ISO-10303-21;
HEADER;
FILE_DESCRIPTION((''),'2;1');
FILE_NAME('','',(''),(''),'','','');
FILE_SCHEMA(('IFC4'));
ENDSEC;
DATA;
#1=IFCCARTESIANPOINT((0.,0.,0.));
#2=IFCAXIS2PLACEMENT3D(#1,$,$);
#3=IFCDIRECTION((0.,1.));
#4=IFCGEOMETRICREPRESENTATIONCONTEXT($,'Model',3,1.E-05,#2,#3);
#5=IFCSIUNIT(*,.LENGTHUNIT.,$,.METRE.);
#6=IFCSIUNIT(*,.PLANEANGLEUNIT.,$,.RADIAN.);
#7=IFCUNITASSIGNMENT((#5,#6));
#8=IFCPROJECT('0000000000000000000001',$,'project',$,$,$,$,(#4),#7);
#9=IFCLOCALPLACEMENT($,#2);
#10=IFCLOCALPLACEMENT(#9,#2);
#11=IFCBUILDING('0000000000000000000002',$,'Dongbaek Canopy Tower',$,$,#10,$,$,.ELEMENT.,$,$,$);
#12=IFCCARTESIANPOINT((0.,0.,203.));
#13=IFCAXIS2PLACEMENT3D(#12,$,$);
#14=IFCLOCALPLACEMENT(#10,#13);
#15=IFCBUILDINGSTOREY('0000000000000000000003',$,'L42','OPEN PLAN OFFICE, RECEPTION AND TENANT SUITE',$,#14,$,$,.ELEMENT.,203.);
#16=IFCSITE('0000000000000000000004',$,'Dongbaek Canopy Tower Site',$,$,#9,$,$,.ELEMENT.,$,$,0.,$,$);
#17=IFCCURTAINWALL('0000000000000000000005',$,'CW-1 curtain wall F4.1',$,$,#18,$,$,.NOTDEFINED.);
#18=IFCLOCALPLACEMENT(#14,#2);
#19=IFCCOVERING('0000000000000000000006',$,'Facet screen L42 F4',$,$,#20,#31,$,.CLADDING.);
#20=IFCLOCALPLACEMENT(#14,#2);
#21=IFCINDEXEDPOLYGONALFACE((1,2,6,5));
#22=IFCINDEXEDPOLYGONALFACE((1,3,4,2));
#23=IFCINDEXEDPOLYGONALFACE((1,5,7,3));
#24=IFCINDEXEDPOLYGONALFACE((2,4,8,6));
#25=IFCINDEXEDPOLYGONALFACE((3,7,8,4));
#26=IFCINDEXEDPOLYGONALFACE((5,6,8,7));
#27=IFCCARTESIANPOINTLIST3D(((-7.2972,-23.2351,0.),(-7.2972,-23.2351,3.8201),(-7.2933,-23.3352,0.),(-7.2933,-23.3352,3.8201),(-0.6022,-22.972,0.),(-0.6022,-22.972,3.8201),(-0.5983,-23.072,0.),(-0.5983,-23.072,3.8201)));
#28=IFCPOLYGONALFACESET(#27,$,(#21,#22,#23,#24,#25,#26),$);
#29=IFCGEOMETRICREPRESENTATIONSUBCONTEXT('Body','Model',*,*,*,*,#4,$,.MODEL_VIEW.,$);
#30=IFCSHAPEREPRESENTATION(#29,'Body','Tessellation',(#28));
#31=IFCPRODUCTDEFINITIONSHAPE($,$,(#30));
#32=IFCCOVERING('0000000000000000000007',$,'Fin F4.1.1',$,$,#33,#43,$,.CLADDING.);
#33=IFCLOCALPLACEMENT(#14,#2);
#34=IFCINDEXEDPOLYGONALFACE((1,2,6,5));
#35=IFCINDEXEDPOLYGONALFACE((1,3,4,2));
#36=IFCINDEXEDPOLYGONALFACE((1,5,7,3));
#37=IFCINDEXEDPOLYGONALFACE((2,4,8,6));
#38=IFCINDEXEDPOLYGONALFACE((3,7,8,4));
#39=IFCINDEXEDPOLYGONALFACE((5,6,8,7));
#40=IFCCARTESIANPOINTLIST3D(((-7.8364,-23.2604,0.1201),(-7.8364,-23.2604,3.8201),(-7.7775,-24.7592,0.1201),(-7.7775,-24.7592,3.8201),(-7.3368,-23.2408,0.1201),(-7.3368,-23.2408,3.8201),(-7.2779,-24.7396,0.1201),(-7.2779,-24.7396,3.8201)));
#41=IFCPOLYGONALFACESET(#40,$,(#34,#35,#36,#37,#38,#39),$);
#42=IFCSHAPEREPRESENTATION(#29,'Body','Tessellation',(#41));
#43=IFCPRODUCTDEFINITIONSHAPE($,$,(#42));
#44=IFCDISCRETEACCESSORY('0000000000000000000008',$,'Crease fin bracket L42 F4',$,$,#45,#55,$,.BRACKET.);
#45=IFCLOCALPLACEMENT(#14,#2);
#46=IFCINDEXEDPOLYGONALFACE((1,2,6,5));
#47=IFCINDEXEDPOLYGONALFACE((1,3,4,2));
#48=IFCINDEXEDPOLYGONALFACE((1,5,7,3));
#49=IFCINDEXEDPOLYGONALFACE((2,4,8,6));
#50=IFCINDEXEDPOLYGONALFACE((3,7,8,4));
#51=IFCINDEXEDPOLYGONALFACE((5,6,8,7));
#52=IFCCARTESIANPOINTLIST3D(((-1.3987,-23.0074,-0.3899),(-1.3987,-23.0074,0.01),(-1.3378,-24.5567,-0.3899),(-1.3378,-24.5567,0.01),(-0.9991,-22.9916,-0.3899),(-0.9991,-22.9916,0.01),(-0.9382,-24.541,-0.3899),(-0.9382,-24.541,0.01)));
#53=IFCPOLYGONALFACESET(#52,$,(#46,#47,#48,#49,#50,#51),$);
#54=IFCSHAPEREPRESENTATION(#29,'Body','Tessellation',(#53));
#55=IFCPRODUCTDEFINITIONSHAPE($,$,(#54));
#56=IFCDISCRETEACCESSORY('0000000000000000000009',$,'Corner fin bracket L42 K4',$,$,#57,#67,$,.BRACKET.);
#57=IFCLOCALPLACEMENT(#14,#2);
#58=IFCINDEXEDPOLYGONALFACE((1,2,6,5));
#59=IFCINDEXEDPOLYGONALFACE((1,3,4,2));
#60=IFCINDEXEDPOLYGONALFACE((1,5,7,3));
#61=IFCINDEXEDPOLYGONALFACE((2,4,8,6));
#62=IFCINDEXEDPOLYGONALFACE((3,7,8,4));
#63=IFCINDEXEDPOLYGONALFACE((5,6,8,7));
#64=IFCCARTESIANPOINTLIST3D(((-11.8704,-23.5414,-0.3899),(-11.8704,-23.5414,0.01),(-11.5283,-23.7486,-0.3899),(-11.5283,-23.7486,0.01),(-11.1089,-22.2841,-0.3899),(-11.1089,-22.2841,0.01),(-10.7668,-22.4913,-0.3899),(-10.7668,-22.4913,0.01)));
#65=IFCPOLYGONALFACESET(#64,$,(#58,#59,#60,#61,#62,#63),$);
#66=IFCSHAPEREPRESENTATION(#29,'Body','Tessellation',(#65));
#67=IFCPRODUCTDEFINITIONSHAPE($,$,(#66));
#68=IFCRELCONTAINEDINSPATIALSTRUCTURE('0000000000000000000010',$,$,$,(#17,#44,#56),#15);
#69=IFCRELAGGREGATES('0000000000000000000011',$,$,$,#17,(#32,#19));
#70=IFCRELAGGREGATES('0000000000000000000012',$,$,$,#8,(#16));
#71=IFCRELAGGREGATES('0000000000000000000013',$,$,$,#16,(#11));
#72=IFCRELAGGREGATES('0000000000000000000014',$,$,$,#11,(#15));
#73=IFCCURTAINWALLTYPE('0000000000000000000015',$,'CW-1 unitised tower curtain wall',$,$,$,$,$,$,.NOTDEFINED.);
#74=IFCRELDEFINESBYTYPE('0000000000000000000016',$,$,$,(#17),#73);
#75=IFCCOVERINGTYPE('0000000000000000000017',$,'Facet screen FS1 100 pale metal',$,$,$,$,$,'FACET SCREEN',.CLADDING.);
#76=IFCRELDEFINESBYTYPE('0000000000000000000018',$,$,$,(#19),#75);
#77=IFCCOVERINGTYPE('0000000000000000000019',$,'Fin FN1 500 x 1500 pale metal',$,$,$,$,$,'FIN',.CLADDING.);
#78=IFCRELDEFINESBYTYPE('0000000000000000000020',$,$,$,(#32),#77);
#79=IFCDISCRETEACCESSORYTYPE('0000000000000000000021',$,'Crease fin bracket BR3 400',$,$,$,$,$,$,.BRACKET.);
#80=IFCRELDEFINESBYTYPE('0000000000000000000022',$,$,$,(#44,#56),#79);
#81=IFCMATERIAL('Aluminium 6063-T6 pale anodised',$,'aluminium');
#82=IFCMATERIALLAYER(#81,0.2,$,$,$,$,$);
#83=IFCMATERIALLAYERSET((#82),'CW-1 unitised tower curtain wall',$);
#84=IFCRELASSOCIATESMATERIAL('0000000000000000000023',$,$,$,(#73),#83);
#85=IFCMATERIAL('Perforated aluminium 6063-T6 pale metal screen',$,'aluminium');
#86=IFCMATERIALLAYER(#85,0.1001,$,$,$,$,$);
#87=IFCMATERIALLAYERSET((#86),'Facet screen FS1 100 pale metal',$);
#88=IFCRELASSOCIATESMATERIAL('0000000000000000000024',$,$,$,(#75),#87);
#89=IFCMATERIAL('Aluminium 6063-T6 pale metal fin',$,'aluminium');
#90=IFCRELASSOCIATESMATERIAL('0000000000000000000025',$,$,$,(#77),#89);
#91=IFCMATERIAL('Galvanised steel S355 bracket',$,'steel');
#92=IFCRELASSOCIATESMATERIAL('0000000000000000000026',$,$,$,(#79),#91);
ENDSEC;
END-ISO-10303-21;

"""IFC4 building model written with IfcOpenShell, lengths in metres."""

from ifc_helpers import new_model, si_unit, direction, frame, origin, origin_2d, place, context, subcontext, project, spatial, rectangle, extrude, material, layer, layer_set, material_profile, profile_set, type_object, element, aggregate, save


model = new_model("IFC4")

# Units and contexts
model_context = context("Model", 3, precision=1e-05, world=origin(), true_north=direction((0.0, 1.0)))
body_context = subcontext(model_context, "Body", "Model", "MODEL_VIEW")
ifc_project = project(units=[si_unit("LENGTHUNIT", "METRE"), si_unit("PLANEANGLEUNIT", "RADIAN")], contexts=[model_context])

# Site, building, storey
site_placement = place(None, origin())
site = spatial("IfcSite", under=ifc_project, at=site_placement, Name="Dongbaek Canopy Tower Site", CompositionType="ELEMENT", RefElevation=0.0)
building_placement = place(site_placement, origin())
building = spatial("IfcBuilding", under=site, at=building_placement, Name="Dongbaek Canopy Tower", CompositionType="ELEMENT")
storey_placement = place(building_placement, frame((0.0, 0.0, 203.0)))
storey = spatial("IfcBuildingStorey", under=building, at=storey_placement, Name="L42", Description="OPEN PLAN OFFICE, RECEPTION AND TENANT SUITE", CompositionType="ELEMENT", Elevation=203.0)

# Shared definitions
ifc_material_1 = material(Name="Aluminium 6063-T6 pale anodised", Category="aluminium")
ifc_layer_1 = layer(ifc_material_1, 0.2)
ifc_layer_set_1 = layer_set([ifc_layer_1], Name="CW-1 unitised tower curtain wall")
curtain_wall_type = type_object("IfcCurtainWallType", Name="CW-1 unitised tower curtain wall", PredefinedType="NOTDEFINED", material=ifc_layer_set_1)

# Curtain wall
curtain_wall_1_placement = place(storey_placement, origin())
curtain_wall_1 = element("IfcCurtainWall", 1, at=curtain_wall_1_placement, inside=storey, type_object=curtain_wall_type, Name="CW-1 curtain wall F4.1", PredefinedType="NOTDEFINED")

# Coverings
ifc_material_2 = material(Name="Perforated aluminium 6063-T6 pale metal screen", Category="aluminium")
ifc_layer_2 = layer(ifc_material_2, 0.1001)
ifc_layer_set_2 = layer_set([ifc_layer_2], Name="Facet screen FS1 100 pale metal")
covering_type_1 = type_object("IfcCoveringType", Name="Facet screen FS1 100 pale metal", ElementType="FACET SCREEN", PredefinedType="CLADDING", material=ifc_layer_set_2)
covering_1_placement = place(storey_placement, frame((-3.9478, -23.1536, 0.0), z_axis=(0.0, 0.0, 1.0), x_axis=(0.999228, 0.039276, 0.0)))
covering_1 = element("IfcCovering", 2, at=covering_1_placement, type_object=covering_type_1, Name="Facet screen L42 F4", PredefinedType="CLADDING", context=body_context, shape_type="SweptSolid", body=[
    extrude(rectangle(XDim=6.7002, YDim=0.1001, at=origin_2d()), origin(), (0.0, 0.0, 1.0), 3.8201),
])
ifc_material_3 = material(Name="Aluminium 6063-T6 pale metal fin", Category="aluminium")
ifc_material_profile_1 = material_profile(ifc_material_3, rectangle(XDim=1.5, YDim=0.5, at=origin_2d()), Name="Fin FN1 500 x 1500 pale metal")
ifc_profile_set_1 = profile_set([ifc_material_profile_1], Name="Aluminium 6063-T6 pale metal fin")
covering_type_2 = type_object("IfcCoveringType", Name="Fin FN1 500 x 1500 pale metal", ElementType="FIN", PredefinedType="CLADDING", material=ifc_profile_set_1)
covering_2_placement = place(storey_placement, frame((-7.5571, -24.0, 0.1201), z_axis=(0.0, 0.0, 1.0), x_axis=(0.039276, -0.999228, 0.0)))
covering_2 = element("IfcCovering", 3, at=covering_2_placement, type_object=covering_type_2, Name="Fin F4.1.1", PredefinedType="CLADDING", context=body_context, shape_type="SweptSolid", body=[
    extrude(rectangle(XDim=1.5, YDim=0.5, at=origin_2d()), origin(), (0.0, 0.0, 1.0), 3.7),
])
aggregate(curtain_wall_1, [covering_2, covering_1])

# Discrete accessories
ifc_material_4 = material(Name="Galvanised steel S355 bracket", Category="steel")
discrete_accessory_type = type_object("IfcDiscreteAccessoryType", Name="Crease fin bracket BR3 400", PredefinedType="BRACKET", material=ifc_material_4)
discrete_accessory_1_placement = place(storey_placement, frame((-1.1685, -23.7742, -0.3899), z_axis=(0.0, 0.0, 1.0), x_axis=(0.039276, -0.999228, 0.0)))
element("IfcDiscreteAccessory", 4, at=discrete_accessory_1_placement, inside=storey, type_object=discrete_accessory_type, Name="Crease fin bracket L42 F4", PredefinedType="BRACKET", context=body_context, shape_type="SweptSolid", body=[
    extrude(rectangle(XDim=1.5505, YDim=0.3999, at=origin_2d()), origin(), (0.0, 0.0, 1.0), 0.3999),
])
discrete_accessory_2_placement = place(storey_placement, frame((-11.3186, -23.0164, -0.3899), z_axis=(0.0, 0.0, 1.0), x_axis=(-0.518049, -0.855351, 0.0)))
element("IfcDiscreteAccessory", 5, at=discrete_accessory_2_placement, inside=storey, type_object=discrete_accessory_type, Name="Corner fin bracket L42 K4", PredefinedType="BRACKET", context=body_context, shape_type="SweptSolid", body=[
    extrude(rectangle(XDim=1.47, YDim=0.3999, at=origin_2d()), origin(), (0.0, 0.0, 1.0), 0.3999),
])

save(model, "model.ifc")
